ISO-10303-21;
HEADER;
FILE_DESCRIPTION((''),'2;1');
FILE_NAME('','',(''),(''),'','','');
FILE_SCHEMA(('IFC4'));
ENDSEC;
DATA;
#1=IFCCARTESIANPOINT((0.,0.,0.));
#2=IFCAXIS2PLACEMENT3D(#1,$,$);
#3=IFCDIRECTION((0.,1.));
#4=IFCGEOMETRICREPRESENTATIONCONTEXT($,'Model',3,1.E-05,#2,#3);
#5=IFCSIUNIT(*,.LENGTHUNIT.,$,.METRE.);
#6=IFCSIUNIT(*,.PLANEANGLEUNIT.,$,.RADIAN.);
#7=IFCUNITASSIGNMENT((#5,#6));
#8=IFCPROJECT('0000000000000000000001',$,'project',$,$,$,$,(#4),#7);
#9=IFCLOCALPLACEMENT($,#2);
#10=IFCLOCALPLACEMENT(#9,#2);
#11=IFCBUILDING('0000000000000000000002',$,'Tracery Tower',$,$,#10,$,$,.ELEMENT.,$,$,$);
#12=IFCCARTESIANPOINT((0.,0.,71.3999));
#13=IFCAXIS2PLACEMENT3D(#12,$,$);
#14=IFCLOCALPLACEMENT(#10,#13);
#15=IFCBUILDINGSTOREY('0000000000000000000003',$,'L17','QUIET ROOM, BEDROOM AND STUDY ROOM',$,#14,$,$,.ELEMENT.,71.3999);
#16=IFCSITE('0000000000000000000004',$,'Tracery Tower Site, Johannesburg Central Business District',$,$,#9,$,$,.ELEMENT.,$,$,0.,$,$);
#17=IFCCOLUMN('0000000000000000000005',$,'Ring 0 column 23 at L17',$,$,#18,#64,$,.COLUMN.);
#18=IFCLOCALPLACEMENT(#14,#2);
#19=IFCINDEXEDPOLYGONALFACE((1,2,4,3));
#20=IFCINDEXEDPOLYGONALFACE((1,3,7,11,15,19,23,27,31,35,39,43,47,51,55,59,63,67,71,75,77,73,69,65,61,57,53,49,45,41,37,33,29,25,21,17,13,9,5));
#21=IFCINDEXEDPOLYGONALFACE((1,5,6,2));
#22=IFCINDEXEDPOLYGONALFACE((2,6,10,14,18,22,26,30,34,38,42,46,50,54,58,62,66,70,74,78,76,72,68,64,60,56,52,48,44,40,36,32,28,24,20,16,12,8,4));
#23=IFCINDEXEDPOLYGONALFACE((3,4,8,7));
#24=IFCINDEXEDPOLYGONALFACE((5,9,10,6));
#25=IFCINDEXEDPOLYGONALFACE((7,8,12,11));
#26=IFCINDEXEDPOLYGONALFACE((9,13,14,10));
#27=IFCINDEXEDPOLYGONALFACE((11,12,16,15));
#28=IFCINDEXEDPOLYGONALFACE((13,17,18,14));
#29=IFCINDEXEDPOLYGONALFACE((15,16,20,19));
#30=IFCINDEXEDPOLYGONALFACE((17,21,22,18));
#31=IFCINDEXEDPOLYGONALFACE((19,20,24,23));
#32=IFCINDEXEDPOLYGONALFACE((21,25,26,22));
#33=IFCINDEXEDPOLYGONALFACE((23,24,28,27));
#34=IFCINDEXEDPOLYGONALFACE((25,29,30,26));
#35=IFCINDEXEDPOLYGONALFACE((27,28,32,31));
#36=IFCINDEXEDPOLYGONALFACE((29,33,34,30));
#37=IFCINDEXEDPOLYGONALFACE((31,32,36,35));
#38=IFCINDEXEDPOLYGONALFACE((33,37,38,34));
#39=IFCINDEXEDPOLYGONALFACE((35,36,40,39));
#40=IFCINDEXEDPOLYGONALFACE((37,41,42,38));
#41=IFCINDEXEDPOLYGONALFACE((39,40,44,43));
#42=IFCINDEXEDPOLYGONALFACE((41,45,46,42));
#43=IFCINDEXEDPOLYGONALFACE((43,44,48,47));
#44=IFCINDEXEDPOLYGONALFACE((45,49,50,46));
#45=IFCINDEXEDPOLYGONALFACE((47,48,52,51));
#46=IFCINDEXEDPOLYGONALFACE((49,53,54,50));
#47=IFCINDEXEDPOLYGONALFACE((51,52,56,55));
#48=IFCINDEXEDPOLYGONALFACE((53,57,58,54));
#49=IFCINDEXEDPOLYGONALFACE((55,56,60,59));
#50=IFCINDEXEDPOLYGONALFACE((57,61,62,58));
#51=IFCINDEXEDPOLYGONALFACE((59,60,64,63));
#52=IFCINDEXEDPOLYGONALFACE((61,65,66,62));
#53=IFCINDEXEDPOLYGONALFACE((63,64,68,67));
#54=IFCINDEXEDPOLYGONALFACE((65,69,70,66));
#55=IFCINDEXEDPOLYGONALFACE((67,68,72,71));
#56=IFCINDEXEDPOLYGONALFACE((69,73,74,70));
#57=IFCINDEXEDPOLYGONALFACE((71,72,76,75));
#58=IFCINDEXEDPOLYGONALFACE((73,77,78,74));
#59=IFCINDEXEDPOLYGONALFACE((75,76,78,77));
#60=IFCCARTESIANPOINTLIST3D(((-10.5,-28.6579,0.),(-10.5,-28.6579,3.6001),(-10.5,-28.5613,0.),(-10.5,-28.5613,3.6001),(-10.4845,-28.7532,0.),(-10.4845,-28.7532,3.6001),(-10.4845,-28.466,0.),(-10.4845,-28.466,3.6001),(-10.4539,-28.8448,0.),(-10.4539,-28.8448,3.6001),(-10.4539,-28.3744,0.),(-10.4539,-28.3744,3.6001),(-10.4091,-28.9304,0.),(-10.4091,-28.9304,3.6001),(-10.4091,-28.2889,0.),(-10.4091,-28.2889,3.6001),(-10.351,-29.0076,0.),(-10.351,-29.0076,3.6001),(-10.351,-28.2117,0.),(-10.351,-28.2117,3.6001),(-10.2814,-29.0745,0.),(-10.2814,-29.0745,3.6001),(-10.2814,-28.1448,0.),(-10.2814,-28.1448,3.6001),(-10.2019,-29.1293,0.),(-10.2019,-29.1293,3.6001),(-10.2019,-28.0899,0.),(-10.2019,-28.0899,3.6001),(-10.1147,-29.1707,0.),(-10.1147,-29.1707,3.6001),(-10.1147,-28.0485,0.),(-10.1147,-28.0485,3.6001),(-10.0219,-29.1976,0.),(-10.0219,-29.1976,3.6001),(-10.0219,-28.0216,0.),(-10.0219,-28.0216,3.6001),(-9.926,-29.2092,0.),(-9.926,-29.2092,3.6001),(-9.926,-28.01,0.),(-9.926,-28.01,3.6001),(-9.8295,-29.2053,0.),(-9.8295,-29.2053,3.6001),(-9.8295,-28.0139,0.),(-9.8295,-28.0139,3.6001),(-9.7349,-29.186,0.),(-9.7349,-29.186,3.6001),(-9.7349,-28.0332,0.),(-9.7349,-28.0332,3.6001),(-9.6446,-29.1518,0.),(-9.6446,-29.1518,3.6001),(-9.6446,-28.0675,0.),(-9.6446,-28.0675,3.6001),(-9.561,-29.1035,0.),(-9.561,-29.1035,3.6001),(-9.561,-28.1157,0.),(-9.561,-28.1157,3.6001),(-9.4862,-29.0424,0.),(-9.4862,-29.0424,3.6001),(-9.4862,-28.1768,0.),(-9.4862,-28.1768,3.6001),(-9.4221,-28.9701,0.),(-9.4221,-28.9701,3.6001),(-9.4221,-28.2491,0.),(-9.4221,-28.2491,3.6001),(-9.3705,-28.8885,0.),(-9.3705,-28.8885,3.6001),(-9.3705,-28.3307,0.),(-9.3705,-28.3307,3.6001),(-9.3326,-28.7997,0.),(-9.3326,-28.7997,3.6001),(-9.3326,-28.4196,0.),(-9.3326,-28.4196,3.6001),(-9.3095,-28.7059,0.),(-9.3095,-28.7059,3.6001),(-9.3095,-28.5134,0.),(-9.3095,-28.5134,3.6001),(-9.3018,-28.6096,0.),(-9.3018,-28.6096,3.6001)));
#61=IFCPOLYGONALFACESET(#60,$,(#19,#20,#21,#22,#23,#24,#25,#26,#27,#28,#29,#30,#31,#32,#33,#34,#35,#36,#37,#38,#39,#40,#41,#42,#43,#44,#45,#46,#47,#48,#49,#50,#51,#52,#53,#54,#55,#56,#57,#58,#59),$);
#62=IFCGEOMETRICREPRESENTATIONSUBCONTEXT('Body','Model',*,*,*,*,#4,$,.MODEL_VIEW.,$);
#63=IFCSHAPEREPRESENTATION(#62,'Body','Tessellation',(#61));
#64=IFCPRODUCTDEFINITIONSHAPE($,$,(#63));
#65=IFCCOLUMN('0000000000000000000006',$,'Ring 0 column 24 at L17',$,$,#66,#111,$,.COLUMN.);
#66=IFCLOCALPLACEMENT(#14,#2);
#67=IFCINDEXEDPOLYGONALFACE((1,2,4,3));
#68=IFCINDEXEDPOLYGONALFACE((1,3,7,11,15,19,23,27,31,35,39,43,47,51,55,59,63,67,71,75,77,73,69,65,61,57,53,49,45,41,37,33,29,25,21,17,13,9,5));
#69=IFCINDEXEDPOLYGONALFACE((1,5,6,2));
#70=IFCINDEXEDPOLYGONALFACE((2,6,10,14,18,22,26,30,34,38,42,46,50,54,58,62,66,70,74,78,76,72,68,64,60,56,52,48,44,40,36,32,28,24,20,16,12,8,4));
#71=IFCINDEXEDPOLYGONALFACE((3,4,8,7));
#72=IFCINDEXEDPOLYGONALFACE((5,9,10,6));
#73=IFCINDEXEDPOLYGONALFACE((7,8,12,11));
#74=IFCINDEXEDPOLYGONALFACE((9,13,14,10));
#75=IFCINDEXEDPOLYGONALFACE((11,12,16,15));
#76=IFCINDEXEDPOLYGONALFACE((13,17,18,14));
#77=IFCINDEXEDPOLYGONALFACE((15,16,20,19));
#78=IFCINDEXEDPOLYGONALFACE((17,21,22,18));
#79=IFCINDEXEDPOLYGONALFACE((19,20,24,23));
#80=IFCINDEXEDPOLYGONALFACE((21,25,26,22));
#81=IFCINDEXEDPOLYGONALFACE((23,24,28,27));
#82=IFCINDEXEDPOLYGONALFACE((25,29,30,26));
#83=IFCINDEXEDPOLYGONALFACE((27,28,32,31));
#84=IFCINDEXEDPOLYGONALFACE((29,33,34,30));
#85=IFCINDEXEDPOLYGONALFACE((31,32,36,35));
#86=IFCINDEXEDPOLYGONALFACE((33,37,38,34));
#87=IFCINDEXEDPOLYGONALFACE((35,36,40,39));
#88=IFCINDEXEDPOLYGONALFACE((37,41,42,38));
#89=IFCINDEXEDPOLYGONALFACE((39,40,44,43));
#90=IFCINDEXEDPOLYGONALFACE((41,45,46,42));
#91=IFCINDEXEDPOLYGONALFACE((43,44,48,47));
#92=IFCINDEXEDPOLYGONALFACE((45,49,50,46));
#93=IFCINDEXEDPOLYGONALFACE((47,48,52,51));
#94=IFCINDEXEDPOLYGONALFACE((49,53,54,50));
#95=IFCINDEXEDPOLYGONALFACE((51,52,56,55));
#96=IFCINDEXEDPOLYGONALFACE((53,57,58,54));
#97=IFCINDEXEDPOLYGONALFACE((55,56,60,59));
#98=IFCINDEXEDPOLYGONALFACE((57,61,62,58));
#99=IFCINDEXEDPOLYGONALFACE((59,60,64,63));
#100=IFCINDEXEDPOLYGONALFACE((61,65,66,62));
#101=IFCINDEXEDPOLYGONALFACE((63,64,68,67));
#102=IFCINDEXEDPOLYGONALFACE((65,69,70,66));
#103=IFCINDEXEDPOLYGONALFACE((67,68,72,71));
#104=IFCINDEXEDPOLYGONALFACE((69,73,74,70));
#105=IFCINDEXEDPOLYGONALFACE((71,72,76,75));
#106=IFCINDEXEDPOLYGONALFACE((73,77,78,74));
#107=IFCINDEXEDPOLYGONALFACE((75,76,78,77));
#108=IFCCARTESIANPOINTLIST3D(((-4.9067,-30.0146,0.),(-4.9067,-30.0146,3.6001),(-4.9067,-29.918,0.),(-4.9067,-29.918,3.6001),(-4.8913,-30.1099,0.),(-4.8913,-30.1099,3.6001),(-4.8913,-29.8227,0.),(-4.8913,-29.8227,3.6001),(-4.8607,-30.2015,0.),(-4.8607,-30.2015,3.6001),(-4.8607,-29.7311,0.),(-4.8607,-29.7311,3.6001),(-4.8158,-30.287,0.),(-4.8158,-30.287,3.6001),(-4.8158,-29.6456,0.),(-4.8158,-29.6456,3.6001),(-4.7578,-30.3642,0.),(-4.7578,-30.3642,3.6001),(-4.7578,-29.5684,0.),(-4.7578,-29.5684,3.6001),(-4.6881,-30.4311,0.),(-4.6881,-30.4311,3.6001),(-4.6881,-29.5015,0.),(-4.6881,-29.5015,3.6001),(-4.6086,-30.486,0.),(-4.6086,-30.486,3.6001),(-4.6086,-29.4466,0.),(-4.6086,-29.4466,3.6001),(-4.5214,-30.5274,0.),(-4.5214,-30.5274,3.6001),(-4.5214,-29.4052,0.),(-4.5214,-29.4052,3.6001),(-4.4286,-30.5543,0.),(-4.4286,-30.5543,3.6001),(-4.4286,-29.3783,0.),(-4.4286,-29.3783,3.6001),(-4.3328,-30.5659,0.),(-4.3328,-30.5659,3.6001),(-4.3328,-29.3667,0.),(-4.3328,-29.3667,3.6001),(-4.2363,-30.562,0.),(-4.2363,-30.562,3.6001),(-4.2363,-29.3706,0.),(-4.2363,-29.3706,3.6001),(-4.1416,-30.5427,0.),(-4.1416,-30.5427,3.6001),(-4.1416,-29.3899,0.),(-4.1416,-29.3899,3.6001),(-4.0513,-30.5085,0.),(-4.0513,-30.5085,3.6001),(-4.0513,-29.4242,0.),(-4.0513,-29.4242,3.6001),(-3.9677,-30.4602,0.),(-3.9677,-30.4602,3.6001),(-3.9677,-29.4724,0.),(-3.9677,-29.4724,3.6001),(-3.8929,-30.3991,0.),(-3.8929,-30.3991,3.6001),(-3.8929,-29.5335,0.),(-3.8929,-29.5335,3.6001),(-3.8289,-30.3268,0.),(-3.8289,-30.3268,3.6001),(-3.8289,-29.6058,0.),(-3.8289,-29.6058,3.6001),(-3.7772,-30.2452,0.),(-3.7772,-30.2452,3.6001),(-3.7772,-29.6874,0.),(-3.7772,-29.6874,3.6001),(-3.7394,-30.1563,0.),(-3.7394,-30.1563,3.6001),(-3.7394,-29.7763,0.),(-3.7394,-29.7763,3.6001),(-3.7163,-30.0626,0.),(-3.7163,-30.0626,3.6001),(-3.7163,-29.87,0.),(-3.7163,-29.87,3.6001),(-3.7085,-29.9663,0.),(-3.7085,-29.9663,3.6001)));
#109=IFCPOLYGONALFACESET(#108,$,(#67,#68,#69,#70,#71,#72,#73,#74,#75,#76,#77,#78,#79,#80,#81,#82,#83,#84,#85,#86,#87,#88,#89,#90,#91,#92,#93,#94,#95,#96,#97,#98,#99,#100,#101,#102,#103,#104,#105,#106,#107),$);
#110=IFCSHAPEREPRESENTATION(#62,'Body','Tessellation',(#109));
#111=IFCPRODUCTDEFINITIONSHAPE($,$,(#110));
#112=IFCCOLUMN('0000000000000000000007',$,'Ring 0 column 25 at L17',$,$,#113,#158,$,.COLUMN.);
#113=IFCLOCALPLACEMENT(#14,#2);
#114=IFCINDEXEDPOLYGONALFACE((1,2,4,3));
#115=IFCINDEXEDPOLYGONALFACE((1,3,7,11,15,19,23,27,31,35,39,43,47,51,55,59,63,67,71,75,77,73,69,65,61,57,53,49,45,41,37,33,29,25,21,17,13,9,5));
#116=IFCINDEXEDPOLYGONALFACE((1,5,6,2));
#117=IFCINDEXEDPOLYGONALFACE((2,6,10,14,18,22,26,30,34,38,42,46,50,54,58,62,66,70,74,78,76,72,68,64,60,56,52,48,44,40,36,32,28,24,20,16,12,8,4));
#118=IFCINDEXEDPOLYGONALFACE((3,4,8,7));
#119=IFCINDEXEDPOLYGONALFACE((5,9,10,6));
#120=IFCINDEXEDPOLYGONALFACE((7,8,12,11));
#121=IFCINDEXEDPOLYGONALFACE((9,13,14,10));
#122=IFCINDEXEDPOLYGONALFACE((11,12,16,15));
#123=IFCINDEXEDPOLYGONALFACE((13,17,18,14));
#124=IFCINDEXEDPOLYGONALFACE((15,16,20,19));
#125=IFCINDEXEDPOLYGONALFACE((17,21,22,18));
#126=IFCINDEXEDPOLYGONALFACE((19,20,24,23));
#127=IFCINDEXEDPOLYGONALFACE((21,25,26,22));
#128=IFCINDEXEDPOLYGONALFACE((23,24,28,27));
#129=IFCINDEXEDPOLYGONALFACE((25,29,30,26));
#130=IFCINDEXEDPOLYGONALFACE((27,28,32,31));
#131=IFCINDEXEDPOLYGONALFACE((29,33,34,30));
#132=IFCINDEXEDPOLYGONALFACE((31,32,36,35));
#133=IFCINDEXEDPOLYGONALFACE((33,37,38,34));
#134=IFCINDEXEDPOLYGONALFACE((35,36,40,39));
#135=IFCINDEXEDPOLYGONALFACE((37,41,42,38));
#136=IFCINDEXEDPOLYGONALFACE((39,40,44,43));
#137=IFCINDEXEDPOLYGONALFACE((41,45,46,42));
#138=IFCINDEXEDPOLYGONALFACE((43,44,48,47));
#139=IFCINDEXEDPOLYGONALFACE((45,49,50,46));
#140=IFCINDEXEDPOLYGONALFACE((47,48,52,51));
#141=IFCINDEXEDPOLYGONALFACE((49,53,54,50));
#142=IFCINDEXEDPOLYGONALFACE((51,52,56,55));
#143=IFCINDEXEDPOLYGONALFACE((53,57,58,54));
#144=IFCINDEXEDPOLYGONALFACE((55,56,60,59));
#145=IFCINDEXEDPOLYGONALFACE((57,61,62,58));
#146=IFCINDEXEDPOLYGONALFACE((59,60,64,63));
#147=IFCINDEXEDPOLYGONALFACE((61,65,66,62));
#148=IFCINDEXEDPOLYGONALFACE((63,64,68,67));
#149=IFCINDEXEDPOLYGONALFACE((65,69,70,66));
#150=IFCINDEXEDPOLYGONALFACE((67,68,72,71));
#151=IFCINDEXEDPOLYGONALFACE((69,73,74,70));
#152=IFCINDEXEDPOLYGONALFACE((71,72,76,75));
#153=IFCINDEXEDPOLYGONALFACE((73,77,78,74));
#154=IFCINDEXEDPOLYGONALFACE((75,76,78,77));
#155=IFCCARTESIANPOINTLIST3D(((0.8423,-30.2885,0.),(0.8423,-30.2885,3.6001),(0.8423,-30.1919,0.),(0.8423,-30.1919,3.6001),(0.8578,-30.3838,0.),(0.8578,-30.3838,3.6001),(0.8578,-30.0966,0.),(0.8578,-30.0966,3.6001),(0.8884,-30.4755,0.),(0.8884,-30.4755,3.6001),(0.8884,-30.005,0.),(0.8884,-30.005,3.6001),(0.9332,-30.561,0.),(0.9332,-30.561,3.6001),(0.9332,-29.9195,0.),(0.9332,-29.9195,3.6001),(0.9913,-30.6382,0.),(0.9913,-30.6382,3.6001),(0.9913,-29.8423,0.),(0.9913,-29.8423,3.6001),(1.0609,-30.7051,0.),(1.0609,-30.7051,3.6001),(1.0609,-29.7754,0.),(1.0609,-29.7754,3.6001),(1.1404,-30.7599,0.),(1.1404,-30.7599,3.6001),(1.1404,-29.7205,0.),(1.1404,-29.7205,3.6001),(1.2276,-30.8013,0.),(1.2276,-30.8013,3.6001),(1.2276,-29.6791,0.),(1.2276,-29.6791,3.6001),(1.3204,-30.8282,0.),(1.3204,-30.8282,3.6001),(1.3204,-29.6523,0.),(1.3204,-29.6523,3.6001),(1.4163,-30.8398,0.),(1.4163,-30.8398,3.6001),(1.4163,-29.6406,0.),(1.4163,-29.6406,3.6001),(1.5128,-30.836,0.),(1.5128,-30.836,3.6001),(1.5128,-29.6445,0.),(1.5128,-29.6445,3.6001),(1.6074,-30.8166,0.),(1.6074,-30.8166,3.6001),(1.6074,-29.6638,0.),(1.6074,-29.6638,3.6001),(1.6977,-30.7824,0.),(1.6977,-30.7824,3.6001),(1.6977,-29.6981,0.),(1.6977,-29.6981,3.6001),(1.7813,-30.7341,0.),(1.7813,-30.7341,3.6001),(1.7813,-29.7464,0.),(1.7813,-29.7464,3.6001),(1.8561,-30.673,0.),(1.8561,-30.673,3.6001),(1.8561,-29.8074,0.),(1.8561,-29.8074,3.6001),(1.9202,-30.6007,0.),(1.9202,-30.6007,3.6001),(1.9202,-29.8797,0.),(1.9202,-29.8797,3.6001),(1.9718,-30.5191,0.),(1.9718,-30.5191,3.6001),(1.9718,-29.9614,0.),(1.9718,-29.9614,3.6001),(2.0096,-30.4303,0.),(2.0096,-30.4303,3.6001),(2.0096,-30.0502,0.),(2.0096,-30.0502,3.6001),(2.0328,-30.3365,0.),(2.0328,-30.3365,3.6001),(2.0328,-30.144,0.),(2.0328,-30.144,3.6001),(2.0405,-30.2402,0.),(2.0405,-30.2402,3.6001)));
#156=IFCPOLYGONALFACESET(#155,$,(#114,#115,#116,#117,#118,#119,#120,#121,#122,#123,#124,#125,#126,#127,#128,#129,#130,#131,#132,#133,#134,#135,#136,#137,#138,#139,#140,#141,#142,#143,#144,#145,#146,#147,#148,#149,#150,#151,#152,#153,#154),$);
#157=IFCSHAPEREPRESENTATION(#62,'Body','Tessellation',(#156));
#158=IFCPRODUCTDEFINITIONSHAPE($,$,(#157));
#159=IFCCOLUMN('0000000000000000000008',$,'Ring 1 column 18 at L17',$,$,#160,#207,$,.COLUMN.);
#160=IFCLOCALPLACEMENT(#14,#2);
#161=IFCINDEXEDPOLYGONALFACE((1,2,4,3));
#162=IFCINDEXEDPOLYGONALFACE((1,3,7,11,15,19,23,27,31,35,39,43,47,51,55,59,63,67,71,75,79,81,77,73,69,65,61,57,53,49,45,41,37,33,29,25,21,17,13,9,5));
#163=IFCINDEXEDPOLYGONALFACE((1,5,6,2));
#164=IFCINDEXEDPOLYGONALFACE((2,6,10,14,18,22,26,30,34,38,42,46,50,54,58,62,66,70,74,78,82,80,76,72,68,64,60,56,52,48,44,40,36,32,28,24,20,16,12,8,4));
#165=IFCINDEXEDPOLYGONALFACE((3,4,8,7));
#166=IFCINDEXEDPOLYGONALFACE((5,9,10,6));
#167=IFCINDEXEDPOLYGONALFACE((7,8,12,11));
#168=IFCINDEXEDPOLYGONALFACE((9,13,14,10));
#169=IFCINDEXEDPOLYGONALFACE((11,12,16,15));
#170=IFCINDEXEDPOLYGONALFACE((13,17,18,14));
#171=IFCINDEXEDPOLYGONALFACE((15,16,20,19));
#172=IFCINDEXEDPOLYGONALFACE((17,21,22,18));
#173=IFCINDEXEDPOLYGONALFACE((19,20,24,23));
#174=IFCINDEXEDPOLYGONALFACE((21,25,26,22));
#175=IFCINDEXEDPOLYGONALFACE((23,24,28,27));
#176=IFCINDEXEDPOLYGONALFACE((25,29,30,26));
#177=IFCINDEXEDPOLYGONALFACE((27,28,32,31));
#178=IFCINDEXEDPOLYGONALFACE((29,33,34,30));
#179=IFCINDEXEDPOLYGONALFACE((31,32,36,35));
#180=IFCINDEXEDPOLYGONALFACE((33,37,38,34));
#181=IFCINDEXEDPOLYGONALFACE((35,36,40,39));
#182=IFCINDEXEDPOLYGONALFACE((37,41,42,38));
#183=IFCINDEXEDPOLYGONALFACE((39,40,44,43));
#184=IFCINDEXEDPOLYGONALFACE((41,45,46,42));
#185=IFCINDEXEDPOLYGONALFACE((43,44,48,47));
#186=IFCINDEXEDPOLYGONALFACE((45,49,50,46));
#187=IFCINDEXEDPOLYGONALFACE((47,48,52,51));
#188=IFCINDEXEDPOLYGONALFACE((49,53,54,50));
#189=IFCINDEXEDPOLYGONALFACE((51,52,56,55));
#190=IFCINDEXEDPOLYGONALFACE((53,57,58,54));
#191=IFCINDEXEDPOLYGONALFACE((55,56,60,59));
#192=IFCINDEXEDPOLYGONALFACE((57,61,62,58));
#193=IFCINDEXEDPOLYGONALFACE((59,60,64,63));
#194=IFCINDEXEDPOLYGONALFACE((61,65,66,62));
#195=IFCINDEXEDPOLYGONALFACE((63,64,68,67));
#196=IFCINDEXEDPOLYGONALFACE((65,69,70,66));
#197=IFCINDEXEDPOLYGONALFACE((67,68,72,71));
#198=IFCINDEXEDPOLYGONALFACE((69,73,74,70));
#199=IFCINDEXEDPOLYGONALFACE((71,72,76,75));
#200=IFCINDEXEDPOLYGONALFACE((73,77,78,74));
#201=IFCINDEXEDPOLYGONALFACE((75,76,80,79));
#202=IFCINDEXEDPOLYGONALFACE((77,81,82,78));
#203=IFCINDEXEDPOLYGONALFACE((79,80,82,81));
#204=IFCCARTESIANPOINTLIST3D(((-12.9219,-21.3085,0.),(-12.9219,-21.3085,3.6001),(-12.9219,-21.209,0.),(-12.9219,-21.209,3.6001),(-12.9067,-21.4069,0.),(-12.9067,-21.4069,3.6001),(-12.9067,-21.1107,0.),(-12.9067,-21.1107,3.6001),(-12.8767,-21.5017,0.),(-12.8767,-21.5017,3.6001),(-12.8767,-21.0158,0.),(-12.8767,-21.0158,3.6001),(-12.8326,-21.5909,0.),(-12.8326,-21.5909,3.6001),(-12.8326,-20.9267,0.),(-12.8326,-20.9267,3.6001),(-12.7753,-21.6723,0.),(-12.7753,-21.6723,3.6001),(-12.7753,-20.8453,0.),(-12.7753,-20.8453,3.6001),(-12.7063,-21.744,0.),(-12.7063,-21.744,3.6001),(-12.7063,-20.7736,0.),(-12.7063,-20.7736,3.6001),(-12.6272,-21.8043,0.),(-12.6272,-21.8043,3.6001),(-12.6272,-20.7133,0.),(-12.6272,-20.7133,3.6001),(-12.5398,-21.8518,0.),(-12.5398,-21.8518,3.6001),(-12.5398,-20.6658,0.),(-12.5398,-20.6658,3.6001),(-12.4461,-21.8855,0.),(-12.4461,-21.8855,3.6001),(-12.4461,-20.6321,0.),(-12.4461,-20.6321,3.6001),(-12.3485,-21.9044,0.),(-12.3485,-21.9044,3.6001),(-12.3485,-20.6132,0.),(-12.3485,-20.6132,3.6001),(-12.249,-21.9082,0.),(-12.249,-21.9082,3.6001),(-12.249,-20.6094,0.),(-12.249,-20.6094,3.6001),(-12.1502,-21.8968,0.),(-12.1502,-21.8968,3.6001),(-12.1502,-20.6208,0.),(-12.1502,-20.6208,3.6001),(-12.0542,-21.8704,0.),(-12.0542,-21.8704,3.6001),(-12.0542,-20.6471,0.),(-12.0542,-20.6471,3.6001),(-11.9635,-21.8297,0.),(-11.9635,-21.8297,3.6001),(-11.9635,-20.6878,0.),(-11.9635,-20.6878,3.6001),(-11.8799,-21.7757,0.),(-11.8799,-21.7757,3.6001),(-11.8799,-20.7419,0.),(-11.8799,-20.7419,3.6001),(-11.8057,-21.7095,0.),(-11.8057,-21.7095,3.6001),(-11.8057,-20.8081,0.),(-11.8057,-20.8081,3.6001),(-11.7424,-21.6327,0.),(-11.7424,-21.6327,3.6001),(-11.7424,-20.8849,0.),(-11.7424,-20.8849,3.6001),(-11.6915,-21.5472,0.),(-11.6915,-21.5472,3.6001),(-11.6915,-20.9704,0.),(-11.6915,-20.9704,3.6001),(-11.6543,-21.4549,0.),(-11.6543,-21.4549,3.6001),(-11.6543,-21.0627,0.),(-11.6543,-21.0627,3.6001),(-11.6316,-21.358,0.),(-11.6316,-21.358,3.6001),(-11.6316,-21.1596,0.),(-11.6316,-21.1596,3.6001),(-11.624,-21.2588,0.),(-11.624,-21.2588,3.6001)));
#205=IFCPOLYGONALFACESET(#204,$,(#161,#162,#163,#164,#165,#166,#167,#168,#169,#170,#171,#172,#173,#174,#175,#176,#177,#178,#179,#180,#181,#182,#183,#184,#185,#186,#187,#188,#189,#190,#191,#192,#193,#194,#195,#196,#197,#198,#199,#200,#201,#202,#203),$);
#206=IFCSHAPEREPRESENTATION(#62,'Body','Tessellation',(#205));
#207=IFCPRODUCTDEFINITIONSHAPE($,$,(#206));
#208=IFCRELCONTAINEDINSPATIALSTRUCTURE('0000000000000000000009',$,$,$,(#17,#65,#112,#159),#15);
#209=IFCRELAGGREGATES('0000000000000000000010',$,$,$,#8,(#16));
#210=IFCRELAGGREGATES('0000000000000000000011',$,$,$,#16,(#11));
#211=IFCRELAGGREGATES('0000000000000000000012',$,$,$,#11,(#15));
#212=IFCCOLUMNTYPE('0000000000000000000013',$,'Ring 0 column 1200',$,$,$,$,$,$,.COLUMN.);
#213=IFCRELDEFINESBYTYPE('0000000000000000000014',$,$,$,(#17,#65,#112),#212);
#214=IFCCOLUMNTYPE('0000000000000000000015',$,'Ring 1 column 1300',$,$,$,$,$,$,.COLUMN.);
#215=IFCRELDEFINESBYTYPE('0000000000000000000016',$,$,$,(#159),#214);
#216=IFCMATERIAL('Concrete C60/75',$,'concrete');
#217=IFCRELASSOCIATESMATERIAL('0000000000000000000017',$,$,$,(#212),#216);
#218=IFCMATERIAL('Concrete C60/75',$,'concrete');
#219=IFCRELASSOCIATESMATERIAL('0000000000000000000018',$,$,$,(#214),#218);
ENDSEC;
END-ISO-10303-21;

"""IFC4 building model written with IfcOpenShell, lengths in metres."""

from ifc_helpers import new_model, si_unit, direction, frame, origin, origin_2d, place, context, subcontext, project, spatial, circle, extrude, material, material_profile, profile_set, type_object, element, save


model = new_model("IFC4")

# Units and contexts
model_context = context("Model", 3, precision=1e-05, world=origin(), true_north=direction((0.0, 1.0)))
body_context = subcontext(model_context, "Body", "Model", "MODEL_VIEW")
ifc_project = project(units=[si_unit("LENGTHUNIT", "METRE"), si_unit("PLANEANGLEUNIT", "RADIAN")], contexts=[model_context])

# Site, building, storey
site_placement = place(None, origin())
site = spatial("IfcSite", under=ifc_project, at=site_placement, Name="Tracery Tower Site, Johannesburg Central Business District", CompositionType="ELEMENT", RefElevation=0.0)
building_placement = place(site_placement, origin())
building = spatial("IfcBuilding", under=site, at=building_placement, Name="Tracery Tower", CompositionType="ELEMENT")
storey_placement = place(building_placement, frame((0.0, 0.0, 71.3999)))
storey = spatial("IfcBuildingStorey", under=building, at=storey_placement, Name="L17", Description="QUIET ROOM, BEDROOM AND STUDY ROOM", CompositionType="ELEMENT", Elevation=71.3999)

# Columns
ifc_material_1 = material(Name="Concrete C60/75", Category="concrete")
ifc_material_profile_1 = material_profile(ifc_material_1, circle(Radius=0.6001, at=origin_2d()), Name="RC D1200")
ifc_profile_set_1 = profile_set([ifc_material_profile_1], Name="Concrete C60/75")
column_type_1 = type_object("IfcColumnType", Name="Ring 0 column 1200", PredefinedType="COLUMN", material=ifc_profile_set_1)
for number, where, z_axis, x_axis, name in (
    (1, (-9.9019, -28.6096, 0.0), (0.0, 0.0, 1.0), (1.0, 0.0, 0.0), "Ring 0 column 23 at L17"),
    (2, (-4.3086, -29.9663, 0.0), (0.0, 0.0, 1.0), (1.0, 0.0, 0.0), "Ring 0 column 24 at L17"),
    (3, (1.4404, -30.2402, 0.0), (0.0, 0.0, 1.0), (1.0, 0.0, 0.0), "Ring 0 column 25 at L17"),
):
    element("IfcColumn", number, at=place(storey_placement, frame(where, z_axis=z_axis, x_axis=x_axis)), inside=storey, type_object=column_type_1, Name=name, PredefinedType="COLUMN", context=body_context, shape_type="SweptSolid", body=[
        extrude(circle(Radius=0.6001, at=origin_2d()), origin(), (0.0, 0.0, 1.0), 3.6001),
    ])
ifc_material_2 = material(Name="Concrete C60/75", Category="concrete")
ifc_material_profile_2 = material_profile(ifc_material_2, circle(Radius=0.6499, at=origin_2d()), Name="RC D1300")
ifc_profile_set_2 = profile_set([ifc_material_profile_2], Name="Concrete C60/75")
column_type_2 = type_object("IfcColumnType", Name="Ring 1 column 1300", PredefinedType="COLUMN", material=ifc_profile_set_2)
for number, where, z_axis, x_axis, name in (
    (4, (-12.2739, -21.2588, 0.0), (0.0, 0.0, 1.0), (1.0, 0.0, 0.0), "Ring 1 column 18 at L17"),
):
    element("IfcColumn", number, at=place(storey_placement, frame(where, z_axis=z_axis, x_axis=x_axis)), inside=storey, type_object=column_type_2, Name=name, PredefinedType="COLUMN", context=body_context, shape_type="SweptSolid", body=[
        extrude(circle(Radius=0.6499, at=origin_2d()), origin(), (0.0, 0.0, 1.0), 3.6001),
    ])

save(model, "model.ifc")
